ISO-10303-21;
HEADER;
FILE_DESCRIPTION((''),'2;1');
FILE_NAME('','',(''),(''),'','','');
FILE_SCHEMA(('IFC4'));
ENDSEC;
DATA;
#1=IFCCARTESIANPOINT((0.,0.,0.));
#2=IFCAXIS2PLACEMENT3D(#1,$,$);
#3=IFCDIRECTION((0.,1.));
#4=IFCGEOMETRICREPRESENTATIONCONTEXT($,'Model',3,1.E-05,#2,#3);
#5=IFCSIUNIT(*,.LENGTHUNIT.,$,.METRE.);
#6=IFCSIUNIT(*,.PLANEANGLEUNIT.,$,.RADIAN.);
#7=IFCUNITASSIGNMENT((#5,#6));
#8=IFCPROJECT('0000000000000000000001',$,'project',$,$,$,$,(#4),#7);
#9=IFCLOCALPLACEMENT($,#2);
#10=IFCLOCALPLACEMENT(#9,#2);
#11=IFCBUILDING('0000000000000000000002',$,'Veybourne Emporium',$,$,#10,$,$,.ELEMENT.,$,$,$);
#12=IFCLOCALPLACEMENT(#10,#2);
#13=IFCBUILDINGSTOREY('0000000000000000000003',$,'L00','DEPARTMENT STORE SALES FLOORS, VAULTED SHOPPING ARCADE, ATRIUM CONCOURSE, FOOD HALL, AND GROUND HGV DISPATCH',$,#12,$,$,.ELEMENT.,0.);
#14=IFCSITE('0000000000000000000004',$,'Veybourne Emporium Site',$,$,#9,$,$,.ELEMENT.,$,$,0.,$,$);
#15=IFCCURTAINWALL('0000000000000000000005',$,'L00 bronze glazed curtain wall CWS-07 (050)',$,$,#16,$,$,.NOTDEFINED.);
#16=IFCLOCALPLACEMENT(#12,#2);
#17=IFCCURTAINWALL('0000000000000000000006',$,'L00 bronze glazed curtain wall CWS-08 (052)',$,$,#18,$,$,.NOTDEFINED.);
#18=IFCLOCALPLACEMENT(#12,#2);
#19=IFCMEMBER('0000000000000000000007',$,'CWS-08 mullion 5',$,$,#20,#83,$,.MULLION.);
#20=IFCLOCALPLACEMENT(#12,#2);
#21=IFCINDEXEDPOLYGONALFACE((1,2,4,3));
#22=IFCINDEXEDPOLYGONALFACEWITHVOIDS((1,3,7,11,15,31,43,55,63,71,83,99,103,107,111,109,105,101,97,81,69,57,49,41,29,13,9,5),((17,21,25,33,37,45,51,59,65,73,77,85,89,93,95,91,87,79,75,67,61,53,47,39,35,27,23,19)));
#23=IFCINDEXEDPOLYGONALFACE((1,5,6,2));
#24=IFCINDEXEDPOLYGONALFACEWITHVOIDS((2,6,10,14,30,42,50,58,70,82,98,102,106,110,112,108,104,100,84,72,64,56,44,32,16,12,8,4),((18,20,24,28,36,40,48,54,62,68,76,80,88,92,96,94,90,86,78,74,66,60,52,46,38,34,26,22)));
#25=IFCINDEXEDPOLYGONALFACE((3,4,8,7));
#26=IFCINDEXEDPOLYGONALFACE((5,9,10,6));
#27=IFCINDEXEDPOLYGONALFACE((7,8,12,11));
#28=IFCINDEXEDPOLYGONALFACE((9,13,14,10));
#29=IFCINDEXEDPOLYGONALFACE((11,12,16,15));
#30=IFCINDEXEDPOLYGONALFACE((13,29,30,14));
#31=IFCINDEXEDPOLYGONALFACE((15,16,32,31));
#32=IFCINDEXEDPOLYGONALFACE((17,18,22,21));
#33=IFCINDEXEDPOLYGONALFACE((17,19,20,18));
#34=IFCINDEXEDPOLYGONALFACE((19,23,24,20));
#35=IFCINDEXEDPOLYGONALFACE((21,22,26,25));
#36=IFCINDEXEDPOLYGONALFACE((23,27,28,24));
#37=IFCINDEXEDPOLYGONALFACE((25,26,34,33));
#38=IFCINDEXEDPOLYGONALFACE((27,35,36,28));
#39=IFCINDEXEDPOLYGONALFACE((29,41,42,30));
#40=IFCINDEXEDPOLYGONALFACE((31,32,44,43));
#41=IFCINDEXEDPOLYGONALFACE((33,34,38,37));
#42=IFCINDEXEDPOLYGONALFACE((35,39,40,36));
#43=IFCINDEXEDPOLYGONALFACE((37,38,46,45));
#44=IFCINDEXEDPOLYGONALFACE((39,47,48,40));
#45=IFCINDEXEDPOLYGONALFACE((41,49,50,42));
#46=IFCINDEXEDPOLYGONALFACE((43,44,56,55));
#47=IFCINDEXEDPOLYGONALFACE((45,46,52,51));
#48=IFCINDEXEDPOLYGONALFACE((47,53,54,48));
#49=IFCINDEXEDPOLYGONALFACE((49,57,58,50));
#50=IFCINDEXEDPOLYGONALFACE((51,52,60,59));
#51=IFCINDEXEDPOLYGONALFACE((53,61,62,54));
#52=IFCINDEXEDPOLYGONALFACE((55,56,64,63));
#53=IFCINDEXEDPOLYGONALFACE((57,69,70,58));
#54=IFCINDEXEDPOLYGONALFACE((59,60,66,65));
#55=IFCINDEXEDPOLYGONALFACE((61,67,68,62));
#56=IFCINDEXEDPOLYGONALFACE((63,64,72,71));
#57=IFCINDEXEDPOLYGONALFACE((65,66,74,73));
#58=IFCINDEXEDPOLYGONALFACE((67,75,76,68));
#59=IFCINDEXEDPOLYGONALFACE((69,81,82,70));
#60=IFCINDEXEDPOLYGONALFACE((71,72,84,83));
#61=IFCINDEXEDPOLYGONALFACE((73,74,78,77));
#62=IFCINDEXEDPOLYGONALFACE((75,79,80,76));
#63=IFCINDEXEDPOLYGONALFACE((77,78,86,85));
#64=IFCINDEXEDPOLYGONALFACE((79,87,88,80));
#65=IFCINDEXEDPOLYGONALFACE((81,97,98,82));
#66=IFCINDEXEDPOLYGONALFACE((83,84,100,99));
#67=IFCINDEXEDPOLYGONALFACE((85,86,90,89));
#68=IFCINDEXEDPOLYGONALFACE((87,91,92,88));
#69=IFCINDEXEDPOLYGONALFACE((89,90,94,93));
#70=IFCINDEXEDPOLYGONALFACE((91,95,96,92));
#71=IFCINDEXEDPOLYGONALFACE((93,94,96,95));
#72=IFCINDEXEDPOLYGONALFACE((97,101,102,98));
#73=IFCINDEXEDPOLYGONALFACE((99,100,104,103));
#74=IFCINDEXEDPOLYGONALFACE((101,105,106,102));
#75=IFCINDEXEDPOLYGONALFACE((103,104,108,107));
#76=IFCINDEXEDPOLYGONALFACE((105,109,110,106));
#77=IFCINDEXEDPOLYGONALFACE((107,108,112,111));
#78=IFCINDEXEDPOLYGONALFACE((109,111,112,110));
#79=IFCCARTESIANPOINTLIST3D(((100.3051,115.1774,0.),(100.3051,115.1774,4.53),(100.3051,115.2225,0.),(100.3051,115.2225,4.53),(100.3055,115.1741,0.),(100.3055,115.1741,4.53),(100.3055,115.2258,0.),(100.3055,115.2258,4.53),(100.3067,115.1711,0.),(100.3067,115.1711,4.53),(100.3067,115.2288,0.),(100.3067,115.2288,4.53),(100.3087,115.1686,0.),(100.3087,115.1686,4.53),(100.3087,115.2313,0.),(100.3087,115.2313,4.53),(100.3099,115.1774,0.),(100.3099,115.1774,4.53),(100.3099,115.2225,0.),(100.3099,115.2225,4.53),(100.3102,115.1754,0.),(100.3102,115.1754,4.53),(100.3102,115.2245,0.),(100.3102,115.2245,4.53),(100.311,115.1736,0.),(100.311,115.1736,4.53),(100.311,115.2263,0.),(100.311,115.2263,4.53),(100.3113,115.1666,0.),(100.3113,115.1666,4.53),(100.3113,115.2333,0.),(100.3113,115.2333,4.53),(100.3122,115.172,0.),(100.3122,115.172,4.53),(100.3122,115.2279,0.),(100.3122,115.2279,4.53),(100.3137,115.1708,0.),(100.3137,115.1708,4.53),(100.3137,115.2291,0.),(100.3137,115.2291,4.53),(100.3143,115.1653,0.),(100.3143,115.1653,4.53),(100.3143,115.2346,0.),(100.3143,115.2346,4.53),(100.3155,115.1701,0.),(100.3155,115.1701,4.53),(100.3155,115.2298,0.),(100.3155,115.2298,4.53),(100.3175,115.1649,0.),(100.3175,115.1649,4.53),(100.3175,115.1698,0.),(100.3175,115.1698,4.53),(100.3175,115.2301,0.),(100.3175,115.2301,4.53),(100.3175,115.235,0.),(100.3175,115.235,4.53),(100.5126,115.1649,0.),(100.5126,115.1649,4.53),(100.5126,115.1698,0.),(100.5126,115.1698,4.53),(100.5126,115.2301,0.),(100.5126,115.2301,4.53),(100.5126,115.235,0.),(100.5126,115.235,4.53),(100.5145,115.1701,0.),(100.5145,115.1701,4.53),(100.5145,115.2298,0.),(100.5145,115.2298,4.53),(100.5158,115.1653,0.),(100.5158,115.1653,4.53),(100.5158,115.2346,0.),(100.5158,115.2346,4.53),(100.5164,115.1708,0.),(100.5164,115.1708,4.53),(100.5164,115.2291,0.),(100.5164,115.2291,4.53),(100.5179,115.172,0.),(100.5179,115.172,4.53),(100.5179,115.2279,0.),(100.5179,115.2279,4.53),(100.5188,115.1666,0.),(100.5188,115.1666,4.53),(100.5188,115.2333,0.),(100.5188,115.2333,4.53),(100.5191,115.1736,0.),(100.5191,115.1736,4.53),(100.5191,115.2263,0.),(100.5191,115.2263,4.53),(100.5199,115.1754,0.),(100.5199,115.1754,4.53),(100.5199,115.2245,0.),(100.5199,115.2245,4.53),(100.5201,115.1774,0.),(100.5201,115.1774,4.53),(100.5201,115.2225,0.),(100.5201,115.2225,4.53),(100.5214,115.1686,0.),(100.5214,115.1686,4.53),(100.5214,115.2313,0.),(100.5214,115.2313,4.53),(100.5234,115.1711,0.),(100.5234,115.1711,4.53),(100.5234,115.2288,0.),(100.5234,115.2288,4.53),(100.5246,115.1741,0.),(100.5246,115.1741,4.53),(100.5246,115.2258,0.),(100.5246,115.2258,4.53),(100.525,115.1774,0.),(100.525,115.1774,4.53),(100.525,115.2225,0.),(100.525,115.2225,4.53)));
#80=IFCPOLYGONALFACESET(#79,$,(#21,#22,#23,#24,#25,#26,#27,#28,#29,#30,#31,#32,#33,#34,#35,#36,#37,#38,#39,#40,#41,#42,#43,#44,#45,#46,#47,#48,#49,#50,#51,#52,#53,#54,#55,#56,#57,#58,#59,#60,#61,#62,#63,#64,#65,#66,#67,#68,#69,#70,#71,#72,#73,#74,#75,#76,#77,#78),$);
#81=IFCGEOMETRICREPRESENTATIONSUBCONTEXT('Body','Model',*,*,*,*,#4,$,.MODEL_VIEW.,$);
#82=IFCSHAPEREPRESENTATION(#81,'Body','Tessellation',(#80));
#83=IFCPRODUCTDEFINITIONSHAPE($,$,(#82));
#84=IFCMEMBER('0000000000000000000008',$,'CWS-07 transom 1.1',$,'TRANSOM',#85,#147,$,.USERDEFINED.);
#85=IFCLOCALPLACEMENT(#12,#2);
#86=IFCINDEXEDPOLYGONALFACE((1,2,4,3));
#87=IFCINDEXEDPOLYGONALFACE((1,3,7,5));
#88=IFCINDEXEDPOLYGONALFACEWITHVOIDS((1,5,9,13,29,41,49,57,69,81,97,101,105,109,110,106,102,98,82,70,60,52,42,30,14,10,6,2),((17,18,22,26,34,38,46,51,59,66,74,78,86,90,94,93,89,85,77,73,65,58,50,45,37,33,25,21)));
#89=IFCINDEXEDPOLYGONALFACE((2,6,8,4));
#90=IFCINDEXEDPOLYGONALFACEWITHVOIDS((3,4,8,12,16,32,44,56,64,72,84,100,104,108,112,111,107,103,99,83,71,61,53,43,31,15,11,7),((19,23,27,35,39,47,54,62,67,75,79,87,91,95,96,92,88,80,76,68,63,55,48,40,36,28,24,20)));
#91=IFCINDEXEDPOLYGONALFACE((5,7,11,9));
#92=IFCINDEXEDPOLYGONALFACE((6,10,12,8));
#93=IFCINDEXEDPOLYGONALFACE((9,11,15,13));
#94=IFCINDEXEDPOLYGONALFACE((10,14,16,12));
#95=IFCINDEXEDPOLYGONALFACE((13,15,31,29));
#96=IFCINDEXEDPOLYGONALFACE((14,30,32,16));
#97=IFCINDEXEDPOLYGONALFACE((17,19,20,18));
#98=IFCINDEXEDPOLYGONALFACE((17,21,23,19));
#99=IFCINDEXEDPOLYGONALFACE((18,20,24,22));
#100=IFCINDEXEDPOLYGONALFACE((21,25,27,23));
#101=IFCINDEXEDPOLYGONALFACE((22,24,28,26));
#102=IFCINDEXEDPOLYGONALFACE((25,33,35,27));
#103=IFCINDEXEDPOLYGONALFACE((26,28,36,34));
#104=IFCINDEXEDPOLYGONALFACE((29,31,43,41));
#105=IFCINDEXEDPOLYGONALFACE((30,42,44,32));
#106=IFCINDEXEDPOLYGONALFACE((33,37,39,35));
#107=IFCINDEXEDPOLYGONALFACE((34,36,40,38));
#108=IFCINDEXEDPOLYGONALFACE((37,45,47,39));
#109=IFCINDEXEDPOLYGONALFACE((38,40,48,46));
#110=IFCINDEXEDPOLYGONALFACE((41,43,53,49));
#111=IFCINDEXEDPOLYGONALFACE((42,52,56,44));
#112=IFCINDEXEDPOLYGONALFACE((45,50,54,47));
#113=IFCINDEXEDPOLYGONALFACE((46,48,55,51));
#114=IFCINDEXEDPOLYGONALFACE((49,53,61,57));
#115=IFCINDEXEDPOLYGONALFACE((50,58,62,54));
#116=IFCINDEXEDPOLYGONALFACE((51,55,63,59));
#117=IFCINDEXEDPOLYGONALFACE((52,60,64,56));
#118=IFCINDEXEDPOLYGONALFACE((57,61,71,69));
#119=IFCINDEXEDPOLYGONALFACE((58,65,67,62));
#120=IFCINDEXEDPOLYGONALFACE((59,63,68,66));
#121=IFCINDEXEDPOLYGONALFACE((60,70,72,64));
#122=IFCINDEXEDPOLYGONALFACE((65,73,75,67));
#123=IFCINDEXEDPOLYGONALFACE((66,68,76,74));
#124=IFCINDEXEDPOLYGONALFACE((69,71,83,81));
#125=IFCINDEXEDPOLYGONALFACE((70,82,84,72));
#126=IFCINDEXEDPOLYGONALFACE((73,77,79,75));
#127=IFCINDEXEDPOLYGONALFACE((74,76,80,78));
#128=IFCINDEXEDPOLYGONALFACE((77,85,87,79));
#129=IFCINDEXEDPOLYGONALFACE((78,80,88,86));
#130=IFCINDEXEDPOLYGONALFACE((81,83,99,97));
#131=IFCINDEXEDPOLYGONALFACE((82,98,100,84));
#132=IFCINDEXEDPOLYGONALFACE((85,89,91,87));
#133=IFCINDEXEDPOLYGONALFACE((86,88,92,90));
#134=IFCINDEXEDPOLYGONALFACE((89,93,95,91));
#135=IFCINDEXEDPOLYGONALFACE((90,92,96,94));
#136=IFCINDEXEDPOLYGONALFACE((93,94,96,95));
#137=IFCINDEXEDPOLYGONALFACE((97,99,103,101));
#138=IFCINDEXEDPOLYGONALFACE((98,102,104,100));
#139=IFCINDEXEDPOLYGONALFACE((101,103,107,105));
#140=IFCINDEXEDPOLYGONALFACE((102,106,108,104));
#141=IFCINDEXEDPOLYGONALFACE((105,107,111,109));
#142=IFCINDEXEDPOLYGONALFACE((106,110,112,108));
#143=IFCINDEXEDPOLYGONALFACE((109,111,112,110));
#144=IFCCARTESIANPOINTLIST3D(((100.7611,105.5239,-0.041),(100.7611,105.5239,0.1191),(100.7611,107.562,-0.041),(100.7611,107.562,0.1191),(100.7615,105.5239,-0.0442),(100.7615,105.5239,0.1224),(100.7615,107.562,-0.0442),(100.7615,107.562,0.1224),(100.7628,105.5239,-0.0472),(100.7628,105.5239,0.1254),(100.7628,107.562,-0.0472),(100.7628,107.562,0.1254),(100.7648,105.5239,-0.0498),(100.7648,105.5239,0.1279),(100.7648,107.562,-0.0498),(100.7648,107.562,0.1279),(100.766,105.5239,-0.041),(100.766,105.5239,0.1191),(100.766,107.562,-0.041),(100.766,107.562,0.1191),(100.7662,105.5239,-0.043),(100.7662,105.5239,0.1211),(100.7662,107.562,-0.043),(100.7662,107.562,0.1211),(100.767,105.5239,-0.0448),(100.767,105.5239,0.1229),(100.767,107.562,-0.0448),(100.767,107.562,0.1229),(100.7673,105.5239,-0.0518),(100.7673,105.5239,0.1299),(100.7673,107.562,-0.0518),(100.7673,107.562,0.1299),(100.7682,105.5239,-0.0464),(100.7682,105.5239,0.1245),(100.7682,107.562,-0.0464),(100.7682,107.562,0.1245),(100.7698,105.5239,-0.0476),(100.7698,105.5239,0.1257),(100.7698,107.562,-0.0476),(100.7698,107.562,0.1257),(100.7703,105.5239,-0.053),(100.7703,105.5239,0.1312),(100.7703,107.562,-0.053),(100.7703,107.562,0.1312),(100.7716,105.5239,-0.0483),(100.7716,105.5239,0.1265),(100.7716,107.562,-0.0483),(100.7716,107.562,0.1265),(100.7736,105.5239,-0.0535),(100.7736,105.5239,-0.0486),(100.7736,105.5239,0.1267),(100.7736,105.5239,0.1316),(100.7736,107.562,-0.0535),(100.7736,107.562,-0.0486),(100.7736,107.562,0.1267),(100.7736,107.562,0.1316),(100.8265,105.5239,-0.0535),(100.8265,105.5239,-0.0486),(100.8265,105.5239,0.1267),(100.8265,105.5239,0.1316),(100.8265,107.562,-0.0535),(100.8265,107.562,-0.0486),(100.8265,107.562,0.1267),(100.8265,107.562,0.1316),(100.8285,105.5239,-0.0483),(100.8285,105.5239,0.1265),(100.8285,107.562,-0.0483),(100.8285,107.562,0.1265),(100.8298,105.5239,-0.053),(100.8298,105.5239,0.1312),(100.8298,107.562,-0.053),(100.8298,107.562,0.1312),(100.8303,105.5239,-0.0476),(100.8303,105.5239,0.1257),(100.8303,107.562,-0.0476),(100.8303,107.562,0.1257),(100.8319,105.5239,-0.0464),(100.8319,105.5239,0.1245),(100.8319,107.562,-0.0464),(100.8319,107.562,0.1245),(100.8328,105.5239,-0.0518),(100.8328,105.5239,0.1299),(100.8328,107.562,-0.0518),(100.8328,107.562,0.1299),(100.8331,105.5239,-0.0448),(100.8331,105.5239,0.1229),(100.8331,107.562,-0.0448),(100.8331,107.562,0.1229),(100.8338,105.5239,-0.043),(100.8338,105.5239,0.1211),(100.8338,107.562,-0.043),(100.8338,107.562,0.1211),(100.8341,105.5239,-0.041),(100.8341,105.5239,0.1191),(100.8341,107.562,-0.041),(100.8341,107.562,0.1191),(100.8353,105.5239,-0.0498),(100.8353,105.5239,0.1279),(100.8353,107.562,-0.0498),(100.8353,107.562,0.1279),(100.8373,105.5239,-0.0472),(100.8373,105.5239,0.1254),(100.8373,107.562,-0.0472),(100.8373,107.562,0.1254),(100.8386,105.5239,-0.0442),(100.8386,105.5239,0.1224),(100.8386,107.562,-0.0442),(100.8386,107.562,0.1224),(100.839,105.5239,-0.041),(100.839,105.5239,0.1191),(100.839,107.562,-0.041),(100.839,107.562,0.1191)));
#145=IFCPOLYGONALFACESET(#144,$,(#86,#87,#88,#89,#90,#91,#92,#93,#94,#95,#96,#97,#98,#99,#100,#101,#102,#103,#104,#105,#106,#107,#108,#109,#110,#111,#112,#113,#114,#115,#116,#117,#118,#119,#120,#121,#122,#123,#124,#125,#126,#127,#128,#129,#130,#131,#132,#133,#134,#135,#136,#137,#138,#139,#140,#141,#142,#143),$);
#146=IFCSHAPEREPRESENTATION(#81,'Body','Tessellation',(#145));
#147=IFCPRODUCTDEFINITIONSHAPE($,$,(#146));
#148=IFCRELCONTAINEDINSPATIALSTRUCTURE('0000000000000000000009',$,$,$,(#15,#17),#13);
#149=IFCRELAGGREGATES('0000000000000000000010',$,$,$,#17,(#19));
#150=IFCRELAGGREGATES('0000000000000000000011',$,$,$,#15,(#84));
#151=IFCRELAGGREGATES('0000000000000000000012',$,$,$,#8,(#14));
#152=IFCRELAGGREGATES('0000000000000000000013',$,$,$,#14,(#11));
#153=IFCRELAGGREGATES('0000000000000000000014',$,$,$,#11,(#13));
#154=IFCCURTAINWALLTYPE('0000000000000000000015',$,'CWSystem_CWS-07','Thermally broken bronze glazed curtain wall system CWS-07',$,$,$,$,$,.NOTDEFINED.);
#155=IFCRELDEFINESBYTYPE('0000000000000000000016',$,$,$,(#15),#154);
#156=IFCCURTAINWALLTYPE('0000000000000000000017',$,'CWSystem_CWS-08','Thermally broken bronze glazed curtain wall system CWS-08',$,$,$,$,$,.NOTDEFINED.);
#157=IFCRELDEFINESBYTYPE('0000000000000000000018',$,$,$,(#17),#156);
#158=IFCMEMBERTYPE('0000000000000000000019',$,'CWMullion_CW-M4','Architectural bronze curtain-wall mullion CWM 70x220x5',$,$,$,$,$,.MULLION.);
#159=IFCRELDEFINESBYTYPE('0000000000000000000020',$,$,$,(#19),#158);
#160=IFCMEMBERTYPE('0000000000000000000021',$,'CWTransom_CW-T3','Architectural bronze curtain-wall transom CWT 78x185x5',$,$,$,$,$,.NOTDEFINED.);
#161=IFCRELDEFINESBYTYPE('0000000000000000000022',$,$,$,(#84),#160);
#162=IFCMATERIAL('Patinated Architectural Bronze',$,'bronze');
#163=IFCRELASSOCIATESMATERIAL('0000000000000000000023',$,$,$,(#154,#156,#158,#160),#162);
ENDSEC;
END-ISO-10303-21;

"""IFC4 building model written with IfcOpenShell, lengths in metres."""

from ifc_helpers import new_model, si_unit, direction, frame, origin, origin_2d, place, context, subcontext, project, spatial, hollow_rectangle, extrude, material, material_profile, profile_set, type_object, element, aggregate, save


model = new_model("IFC4")

# Units and contexts
model_context = context("Model", 3, precision=1e-05, world=origin(), true_north=direction((0.0, 1.0)))
body_context = subcontext(model_context, "Body", "Model", "MODEL_VIEW")
ifc_project = project(units=[si_unit("LENGTHUNIT", "METRE"), si_unit("PLANEANGLEUNIT", "RADIAN")], contexts=[model_context])

# Site, building, storey
site_placement = place(None, origin())
site = spatial("IfcSite", under=ifc_project, at=site_placement, Name="Veybourne Emporium Site", CompositionType="ELEMENT", RefElevation=0.0)
building_placement = place(site_placement, origin())
building = spatial("IfcBuilding", under=site, at=building_placement, Name="Veybourne Emporium", CompositionType="ELEMENT")
storey_placement = place(building_placement, origin())
storey = spatial("IfcBuildingStorey", under=building, at=storey_placement, Name="L00", Description="DEPARTMENT STORE SALES FLOORS, VAULTED SHOPPING ARCADE, ATRIUM CONCOURSE, FOOD HALL, AND GROUND HGV DISPATCH", CompositionType="ELEMENT", Elevation=0.0)

# Curtain wall
ifc_material_1 = material(Name="Patinated Architectural Bronze", Category="bronze")
curtain_wall_type_1 = type_object("IfcCurtainWallType", Name="CWSystem_CWS-07", Description="Thermally broken bronze glazed curtain wall system CWS-07", PredefinedType="NOTDEFINED", material=ifc_material_1)
curtain_wall_1_placement = place(storey_placement, origin())
curtain_wall_1 = element("IfcCurtainWall", 1, at=curtain_wall_1_placement, inside=storey, type_object=curtain_wall_type_1, Name="L00 bronze glazed curtain wall CWS-07 (050)", PredefinedType="NOTDEFINED")

# Curtain wall, member
curtain_wall_type_2 = type_object("IfcCurtainWallType", Name="CWSystem_CWS-08", Description="Thermally broken bronze glazed curtain wall system CWS-08", PredefinedType="NOTDEFINED", material=ifc_material_1)
curtain_wall_2_placement = place(storey_placement, origin())
curtain_wall_2 = element("IfcCurtainWall", 2, at=curtain_wall_2_placement, inside=storey, type_object=curtain_wall_type_2, Name="L00 bronze glazed curtain wall CWS-08 (052)", PredefinedType="NOTDEFINED")
ifc_material_profile_1 = material_profile(ifc_material_1, hollow_rectangle(XDim=0.0701, YDim=0.22, WallThickness=0.0049, InnerFilletRadius=0.0076, OuterFilletRadius=0.0125, at=origin_2d()), Name="CWM 70x220x5")
ifc_profile_set_1 = profile_set([ifc_material_profile_1], Name="Patinated Architectural Bronze")
member_type_1 = type_object("IfcMemberType", Name="CWMullion_CW-M4", Description="Architectural bronze curtain-wall mullion CWM 70x220x5", PredefinedType="MULLION", material=ifc_profile_set_1)
member_1_placement = place(storey_placement, frame((100.415, 115.2, 0.0), z_axis=(0.0, 0.0, 1.0), x_axis=(0.0, 1.0, 0.0)))
member_1 = element("IfcMember", 3, at=member_1_placement, type_object=member_type_1, Name="CWS-08 mullion 5", PredefinedType="MULLION", context=body_context, shape_type="SweptSolid", body=[
    extrude(hollow_rectangle(XDim=0.0701, YDim=0.22, WallThickness=0.0049, InnerFilletRadius=0.0076, OuterFilletRadius=0.0125, at=origin_2d()), origin(), (0.0, 0.0, 1.0), 4.53),
])
aggregate(curtain_wall_2, [member_1])

# Member
ifc_material_profile_2 = material_profile(ifc_material_1, hollow_rectangle(XDim=0.0779, YDim=0.1851, WallThickness=0.0049, InnerFilletRadius=0.0076, OuterFilletRadius=0.0125, at=origin_2d()), Name="CWT 78x185x5")
ifc_profile_set_2 = profile_set([ifc_material_profile_2], Name="Patinated Architectural Bronze")
member_type_2 = type_object("IfcMemberType", Name="CWTransom_CW-T3", Description="Architectural bronze curtain-wall transom CWT 78x185x5", PredefinedType="NOTDEFINED", material=ifc_profile_set_2)
member_2_placement = place(storey_placement, frame((100.8, 107.562, 0.0391), z_axis=(0.0, -1.0, 0.0), x_axis=(1.0, 0.0, 0.0)))
member_2 = element("IfcMember", 4, at=member_2_placement, type_object=member_type_2, Name="CWS-07 transom 1.1", ObjectType="TRANSOM", PredefinedType="USERDEFINED", context=body_context, shape_type="SweptSolid", body=[
    extrude(hollow_rectangle(XDim=0.0779, YDim=0.1851, WallThickness=0.0049, InnerFilletRadius=0.0076, OuterFilletRadius=0.0125, at=origin_2d()), origin(), (0.0, 0.0, 1.0), 2.0381),
])

aggregate(curtain_wall_1, [member_2])

save(model, "model.ifc")
